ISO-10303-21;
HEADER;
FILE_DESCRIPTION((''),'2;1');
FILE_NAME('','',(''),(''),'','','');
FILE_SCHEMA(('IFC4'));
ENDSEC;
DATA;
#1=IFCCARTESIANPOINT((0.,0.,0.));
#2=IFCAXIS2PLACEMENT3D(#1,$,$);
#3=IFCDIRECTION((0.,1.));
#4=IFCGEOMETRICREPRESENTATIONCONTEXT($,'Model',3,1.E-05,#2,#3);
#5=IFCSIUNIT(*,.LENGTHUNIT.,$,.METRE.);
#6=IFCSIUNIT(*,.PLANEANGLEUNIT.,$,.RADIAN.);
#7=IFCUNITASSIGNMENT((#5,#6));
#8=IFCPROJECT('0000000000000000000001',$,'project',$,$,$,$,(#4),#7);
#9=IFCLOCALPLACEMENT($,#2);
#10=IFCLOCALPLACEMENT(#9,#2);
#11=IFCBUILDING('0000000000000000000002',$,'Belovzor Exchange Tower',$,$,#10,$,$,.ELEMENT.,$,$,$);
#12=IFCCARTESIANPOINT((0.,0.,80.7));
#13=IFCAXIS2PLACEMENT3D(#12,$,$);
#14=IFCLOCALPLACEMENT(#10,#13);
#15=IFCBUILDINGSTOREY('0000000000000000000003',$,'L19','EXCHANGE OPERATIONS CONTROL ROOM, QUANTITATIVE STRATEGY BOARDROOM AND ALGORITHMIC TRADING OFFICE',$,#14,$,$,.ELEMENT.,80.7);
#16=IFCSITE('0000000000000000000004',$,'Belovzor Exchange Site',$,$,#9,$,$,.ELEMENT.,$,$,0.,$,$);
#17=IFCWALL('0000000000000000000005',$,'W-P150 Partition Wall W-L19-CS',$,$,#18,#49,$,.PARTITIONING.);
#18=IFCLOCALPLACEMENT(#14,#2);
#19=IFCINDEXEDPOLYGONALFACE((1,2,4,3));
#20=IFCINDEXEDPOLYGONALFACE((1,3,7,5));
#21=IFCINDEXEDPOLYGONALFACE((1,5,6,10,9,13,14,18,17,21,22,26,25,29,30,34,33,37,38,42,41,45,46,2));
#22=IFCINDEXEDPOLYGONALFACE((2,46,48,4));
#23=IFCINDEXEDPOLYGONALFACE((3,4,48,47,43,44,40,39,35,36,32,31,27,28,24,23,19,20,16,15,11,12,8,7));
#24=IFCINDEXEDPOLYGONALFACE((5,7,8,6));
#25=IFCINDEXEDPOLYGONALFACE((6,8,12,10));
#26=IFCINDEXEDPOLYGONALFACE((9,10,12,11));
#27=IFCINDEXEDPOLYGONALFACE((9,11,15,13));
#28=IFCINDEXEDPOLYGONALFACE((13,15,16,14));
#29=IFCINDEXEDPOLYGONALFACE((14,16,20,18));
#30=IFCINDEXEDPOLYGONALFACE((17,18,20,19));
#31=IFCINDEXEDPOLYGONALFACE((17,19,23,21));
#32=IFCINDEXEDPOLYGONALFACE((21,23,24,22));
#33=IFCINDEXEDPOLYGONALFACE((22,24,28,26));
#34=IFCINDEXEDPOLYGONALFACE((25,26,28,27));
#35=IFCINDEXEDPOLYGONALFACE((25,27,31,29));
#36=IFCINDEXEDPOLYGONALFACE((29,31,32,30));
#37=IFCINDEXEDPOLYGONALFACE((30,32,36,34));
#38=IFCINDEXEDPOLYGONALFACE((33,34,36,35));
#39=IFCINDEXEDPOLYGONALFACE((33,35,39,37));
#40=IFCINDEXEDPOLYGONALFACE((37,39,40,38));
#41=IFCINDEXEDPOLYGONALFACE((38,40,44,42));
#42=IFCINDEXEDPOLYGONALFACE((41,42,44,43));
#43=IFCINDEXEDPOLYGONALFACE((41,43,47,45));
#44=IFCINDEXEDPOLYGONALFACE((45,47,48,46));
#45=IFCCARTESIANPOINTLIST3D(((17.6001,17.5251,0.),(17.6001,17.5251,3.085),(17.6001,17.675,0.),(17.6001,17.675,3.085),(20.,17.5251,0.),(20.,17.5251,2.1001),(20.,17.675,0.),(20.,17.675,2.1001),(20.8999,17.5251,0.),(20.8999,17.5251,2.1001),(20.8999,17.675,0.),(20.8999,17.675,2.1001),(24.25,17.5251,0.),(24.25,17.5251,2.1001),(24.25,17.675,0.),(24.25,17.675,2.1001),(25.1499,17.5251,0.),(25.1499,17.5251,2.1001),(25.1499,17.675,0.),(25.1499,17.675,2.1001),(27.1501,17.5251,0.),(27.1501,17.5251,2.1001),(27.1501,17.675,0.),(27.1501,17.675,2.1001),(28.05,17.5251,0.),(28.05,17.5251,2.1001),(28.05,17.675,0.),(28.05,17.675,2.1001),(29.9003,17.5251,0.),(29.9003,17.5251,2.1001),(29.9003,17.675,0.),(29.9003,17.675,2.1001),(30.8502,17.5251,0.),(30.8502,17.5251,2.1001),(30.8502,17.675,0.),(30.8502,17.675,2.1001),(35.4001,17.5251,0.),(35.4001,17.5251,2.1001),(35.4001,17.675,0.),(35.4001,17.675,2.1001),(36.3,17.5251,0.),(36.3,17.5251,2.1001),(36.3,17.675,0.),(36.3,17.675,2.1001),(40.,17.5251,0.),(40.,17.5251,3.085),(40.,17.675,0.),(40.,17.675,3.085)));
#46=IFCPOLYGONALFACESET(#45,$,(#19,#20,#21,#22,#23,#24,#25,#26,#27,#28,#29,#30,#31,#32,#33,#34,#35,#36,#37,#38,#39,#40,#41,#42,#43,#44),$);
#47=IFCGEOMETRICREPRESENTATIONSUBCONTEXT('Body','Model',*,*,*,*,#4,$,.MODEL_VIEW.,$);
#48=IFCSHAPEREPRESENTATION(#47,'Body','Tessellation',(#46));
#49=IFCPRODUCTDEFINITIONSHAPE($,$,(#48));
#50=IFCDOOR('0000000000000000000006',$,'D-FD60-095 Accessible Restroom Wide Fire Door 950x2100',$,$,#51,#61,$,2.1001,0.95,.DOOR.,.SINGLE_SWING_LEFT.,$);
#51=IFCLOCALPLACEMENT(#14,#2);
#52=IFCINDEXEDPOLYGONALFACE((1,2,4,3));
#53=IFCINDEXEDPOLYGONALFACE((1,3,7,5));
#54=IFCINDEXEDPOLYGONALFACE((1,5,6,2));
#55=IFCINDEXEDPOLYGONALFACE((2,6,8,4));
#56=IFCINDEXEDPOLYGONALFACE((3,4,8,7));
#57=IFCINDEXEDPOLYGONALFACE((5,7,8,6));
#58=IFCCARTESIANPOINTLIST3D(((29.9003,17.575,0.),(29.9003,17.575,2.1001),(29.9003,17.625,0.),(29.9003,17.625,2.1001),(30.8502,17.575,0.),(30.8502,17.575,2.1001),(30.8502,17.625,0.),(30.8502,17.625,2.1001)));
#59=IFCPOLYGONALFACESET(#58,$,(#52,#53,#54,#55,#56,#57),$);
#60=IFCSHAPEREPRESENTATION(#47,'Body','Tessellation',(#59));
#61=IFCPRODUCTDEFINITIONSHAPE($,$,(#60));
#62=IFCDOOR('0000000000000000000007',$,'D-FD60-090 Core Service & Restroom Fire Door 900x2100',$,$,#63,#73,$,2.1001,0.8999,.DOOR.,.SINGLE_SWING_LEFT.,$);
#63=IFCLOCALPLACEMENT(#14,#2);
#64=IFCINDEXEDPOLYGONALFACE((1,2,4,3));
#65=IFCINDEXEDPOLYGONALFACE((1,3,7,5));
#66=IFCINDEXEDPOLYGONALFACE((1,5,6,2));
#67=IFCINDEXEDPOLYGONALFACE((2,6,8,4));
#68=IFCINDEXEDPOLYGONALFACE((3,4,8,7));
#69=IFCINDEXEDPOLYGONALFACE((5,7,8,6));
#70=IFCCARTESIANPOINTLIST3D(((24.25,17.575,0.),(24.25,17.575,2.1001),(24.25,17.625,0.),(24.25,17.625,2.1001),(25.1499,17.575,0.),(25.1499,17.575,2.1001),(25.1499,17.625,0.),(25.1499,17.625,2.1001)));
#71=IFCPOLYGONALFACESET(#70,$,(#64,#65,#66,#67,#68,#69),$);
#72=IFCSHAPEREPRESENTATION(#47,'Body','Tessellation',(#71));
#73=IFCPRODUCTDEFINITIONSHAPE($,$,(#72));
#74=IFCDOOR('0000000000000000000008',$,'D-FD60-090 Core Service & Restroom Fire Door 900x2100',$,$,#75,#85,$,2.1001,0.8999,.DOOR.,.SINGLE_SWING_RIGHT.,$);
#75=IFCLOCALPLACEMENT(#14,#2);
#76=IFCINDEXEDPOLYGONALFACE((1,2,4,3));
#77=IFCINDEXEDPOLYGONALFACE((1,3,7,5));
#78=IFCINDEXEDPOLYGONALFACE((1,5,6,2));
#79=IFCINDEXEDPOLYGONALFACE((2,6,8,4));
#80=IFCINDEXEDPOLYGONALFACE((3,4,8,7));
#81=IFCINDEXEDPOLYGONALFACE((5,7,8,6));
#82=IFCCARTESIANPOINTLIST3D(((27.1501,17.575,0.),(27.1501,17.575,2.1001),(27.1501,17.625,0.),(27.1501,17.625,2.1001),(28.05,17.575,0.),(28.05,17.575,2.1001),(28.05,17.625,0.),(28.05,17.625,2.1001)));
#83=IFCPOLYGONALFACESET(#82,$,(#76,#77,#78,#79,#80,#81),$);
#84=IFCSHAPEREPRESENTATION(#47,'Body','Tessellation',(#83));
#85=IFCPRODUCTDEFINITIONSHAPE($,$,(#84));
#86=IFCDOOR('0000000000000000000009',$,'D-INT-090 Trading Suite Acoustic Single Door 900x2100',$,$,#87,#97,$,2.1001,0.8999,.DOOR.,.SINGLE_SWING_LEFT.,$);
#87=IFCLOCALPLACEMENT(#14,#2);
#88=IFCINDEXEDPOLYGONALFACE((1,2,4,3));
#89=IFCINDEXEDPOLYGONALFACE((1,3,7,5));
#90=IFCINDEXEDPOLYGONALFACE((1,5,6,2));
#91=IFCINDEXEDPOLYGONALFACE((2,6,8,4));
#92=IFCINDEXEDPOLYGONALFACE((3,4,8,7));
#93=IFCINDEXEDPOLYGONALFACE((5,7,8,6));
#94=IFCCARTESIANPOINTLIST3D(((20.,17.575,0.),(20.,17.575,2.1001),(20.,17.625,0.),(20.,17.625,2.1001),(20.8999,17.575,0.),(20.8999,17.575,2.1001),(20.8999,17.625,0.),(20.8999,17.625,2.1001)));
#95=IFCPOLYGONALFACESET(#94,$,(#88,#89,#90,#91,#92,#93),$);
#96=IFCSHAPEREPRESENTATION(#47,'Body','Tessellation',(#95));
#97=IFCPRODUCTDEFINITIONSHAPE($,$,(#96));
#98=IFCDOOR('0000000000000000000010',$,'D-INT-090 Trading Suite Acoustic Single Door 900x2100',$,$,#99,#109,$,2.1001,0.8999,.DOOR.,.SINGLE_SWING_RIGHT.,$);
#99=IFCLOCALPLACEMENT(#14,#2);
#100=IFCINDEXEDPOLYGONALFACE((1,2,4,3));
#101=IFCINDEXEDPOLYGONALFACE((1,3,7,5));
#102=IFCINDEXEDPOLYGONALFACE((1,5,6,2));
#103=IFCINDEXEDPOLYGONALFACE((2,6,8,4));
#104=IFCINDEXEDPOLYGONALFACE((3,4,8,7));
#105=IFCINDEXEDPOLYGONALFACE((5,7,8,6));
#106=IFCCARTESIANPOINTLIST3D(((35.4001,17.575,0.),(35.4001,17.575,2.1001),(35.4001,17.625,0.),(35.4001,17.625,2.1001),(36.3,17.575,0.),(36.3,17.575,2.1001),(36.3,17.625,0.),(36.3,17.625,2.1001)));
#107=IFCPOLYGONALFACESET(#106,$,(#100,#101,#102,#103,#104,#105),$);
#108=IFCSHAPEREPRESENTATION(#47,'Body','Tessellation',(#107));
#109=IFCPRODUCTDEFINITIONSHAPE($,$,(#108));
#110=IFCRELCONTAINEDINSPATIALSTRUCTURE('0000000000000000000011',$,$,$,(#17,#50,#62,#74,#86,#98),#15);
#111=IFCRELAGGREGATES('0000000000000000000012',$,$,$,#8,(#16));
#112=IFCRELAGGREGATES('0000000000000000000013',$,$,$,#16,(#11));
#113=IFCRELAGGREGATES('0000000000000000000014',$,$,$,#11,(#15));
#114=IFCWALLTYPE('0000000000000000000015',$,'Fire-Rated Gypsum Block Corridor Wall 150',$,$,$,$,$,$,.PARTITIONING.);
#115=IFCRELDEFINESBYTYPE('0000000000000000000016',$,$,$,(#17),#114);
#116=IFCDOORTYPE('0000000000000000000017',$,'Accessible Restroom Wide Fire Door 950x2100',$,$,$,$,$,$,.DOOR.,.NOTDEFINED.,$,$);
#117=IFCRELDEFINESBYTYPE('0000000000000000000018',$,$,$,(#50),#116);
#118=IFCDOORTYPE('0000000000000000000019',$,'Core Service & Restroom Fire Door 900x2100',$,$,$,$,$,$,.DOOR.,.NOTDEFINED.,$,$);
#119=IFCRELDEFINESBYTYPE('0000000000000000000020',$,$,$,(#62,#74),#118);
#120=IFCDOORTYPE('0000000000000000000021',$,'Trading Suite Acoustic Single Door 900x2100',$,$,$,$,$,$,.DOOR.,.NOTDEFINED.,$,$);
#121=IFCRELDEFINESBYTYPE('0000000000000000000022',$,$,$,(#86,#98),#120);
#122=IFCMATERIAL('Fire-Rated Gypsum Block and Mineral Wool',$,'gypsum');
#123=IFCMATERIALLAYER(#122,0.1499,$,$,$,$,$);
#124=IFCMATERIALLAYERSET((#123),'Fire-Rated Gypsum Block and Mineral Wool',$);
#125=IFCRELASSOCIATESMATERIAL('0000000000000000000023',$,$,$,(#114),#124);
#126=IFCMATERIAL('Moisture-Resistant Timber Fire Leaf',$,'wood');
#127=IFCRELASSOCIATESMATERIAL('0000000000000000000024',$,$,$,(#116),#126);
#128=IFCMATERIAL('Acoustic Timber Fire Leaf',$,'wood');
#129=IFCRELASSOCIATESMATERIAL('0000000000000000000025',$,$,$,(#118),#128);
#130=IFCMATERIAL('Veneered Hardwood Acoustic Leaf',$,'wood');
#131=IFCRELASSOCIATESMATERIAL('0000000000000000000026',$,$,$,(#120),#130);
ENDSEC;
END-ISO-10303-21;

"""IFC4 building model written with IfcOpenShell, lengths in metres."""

from ifc_helpers import new_model, si_unit, direction, frame, frame_2d, origin, place, context, subcontext, project, spatial, rectangle, extrude, material, layer, layer_set, type_object, element, fill, save


model = new_model("IFC4")

# Units and contexts
model_context = context("Model", 3, precision=1e-05, world=origin(), true_north=direction((0.0, 1.0)))
body_context = subcontext(model_context, "Body", "Model", "MODEL_VIEW")
ifc_project = project(units=[si_unit("LENGTHUNIT", "METRE"), si_unit("PLANEANGLEUNIT", "RADIAN")], contexts=[model_context])

# Site, building, storey
site_placement = place(None, origin())
site = spatial("IfcSite", under=ifc_project, at=site_placement, Name="Belovzor Exchange Site", CompositionType="ELEMENT", RefElevation=0.0)
building_placement = place(site_placement, origin())
building = spatial("IfcBuilding", under=site, at=building_placement, Name="Belovzor Exchange Tower", CompositionType="ELEMENT")
storey_placement = place(building_placement, frame((0.0, 0.0, 80.7)))
storey = spatial("IfcBuildingStorey", under=building, at=storey_placement, Name="L19", Description="EXCHANGE OPERATIONS CONTROL ROOM, QUANTITATIVE STRATEGY BOARDROOM AND ALGORITHMIC TRADING OFFICE", CompositionType="ELEMENT", Elevation=80.7)

# Shared definitions
ifc_material_1 = material(Name="Fire-Rated Gypsum Block and Mineral Wool", Category="gypsum")
ifc_layer_1 = layer(ifc_material_1, 0.1499)
ifc_layer_set_1 = layer_set([ifc_layer_1], Name="Fire-Rated Gypsum Block and Mineral Wool")
wall_type_1 = type_object("IfcWallType", Name="Fire-Rated Gypsum Block Corridor Wall 150", PredefinedType="PARTITIONING", material=ifc_layer_set_1)

# Wall, openings, doors
wall_1_placement = place(storey_placement, frame((17.6001, 17.6001, 0.0), z_axis=(0.0, 0.0, 1.0), x_axis=(1.0, 0.0, 0.0)))
wall_1 = element("IfcWall", 1, at=wall_1_placement, inside=storey, type_object=wall_type_1, Name="W-P150 Partition Wall W-L19-CS", PredefinedType="PARTITIONING", context=body_context, shape_type="SweptSolid", body=[
    extrude(rectangle(XDim=22.3999, YDim=0.1499, at=frame_2d((11.2, 0.0))), origin(), (0.0, 0.0, 1.0), 3.085),
])
opening_1_placement = place(wall_1_placement, frame((2.3999, 0.0, 0.0)))
opening_1 = element("IfcOpeningElement", 2, at=opening_1_placement, cuts=wall_1, PredefinedType="OPENING", context=body_context, shape_type="SweptSolid", body=[
    extrude(rectangle(XDim=0.8999, YDim=2.1001, at=frame_2d((0.45, 1.05))), frame((0.0, 0.085, 0.0), z_axis=(0.0, -1.0, 0.0), x_axis=(1.0, 0.0, 0.0)), (0.0, 0.0, 1.0), 0.1699),
])
opening_2_placement = place(wall_1_placement, frame((6.6499, 0.0, 0.0)))
opening_2 = element("IfcOpeningElement", 3, at=opening_2_placement, cuts=wall_1, PredefinedType="OPENING", context=body_context, shape_type="SweptSolid", body=[
    extrude(rectangle(XDim=0.8999, YDim=2.1001, at=frame_2d((0.45, 1.05))), frame((0.0, 0.085, 0.0), z_axis=(0.0, -1.0, 0.0), x_axis=(1.0, 0.0, 0.0)), (0.0, 0.0, 1.0), 0.1699),
])
opening_3_placement = place(wall_1_placement, frame((9.55, 0.0, 0.0)))
opening_3 = element("IfcOpeningElement", 4, at=opening_3_placement, cuts=wall_1, PredefinedType="OPENING", context=body_context, shape_type="SweptSolid", body=[
    extrude(rectangle(XDim=0.8999, YDim=2.1001, at=frame_2d((0.45, 1.05))), frame((0.0, 0.085, 0.0), z_axis=(0.0, -1.0, 0.0), x_axis=(1.0, 0.0, 0.0)), (0.0, 0.0, 1.0), 0.1699),
])
opening_4_placement = place(wall_1_placement, frame((12.3, 0.0, 0.0)))
opening_4 = element("IfcOpeningElement", 5, at=opening_4_placement, cuts=wall_1, PredefinedType="OPENING", context=body_context, shape_type="SweptSolid", body=[
    extrude(rectangle(XDim=0.95, YDim=2.1001, at=frame_2d((0.4751, 1.05))), frame((0.0, 0.085, 0.0), z_axis=(0.0, -1.0, 0.0), x_axis=(1.0, 0.0, 0.0)), (0.0, 0.0, 1.0), 0.1699),
])
opening_5_placement = place(wall_1_placement, frame((17.8, 0.0, 0.0)))
opening_5 = element("IfcOpeningElement", 6, at=opening_5_placement, cuts=wall_1, PredefinedType="OPENING", context=body_context, shape_type="SweptSolid", body=[
    extrude(rectangle(XDim=0.8999, YDim=2.1001, at=frame_2d((0.45, 1.05))), frame((0.0, 0.085, 0.0), z_axis=(0.0, -1.0, 0.0), x_axis=(1.0, 0.0, 0.0)), (0.0, 0.0, 1.0), 0.1699),
])
ifc_material_2 = material(Name="Moisture-Resistant Timber Fire Leaf", Category="wood")
door_type_1 = type_object("IfcDoorType", Name="Accessible Restroom Wide Fire Door 950x2100", OperationType="NOTDEFINED", PredefinedType="DOOR", material=ifc_material_2)
door_1_placement = place(opening_4_placement, origin())
door_1 = element("IfcDoor", 7, at=door_1_placement, inside=storey, type_object=door_type_1, Name="D-FD60-095 Accessible Restroom Wide Fire Door 950x2100", OperationType="SINGLE_SWING_LEFT", OverallHeight=2.1001, OverallWidth=0.95, PredefinedType="DOOR", context=body_context, shape_type="SweptSolid", body=[
    extrude(rectangle(XDim=0.95, YDim=2.1001, at=frame_2d((0.4751, 1.05))), frame((0.0, 0.0249, 0.0), z_axis=(0.0, -1.0, 0.0), x_axis=(1.0, 0.0, 0.0)), (0.0, 0.0, 1.0), 0.05),
])
fill(opening_4, door_1)
ifc_material_3 = material(Name="Acoustic Timber Fire Leaf", Category="wood")
door_type_2 = type_object("IfcDoorType", Name="Core Service & Restroom Fire Door 900x2100", OperationType="NOTDEFINED", PredefinedType="DOOR", material=ifc_material_3)
door_2_placement = place(opening_2_placement, origin())
door_2 = element("IfcDoor", 8, at=door_2_placement, inside=storey, type_object=door_type_2, Name="D-FD60-090 Core Service & Restroom Fire Door 900x2100", OperationType="SINGLE_SWING_LEFT", OverallHeight=2.1001, OverallWidth=0.8999, PredefinedType="DOOR", context=body_context, shape_type="SweptSolid", body=[
    extrude(rectangle(XDim=0.8999, YDim=2.1001, at=frame_2d((0.45, 1.05))), frame((0.0, 0.0249, 0.0), z_axis=(0.0, -1.0, 0.0), x_axis=(1.0, 0.0, 0.0)), (0.0, 0.0, 1.0), 0.05),
])
fill(opening_2, door_2)
door_3_placement = place(opening_3_placement, origin())
door_3 = element("IfcDoor", 9, at=door_3_placement, inside=storey, type_object=door_type_2, Name="D-FD60-090 Core Service & Restroom Fire Door 900x2100", OperationType="SINGLE_SWING_RIGHT", OverallHeight=2.1001, OverallWidth=0.8999, PredefinedType="DOOR", context=body_context, shape_type="SweptSolid", body=[
    extrude(rectangle(XDim=0.8999, YDim=2.1001, at=frame_2d((0.45, 1.05))), frame((0.0, 0.0249, 0.0), z_axis=(0.0, -1.0, 0.0), x_axis=(1.0, 0.0, 0.0)), (0.0, 0.0, 1.0), 0.05),
])
fill(opening_3, door_3)
ifc_material_4 = material(Name="Veneered Hardwood Acoustic Leaf", Category="wood")
door_type_3 = type_object("IfcDoorType", Name="Trading Suite Acoustic Single Door 900x2100", OperationType="NOTDEFINED", PredefinedType="DOOR", material=ifc_material_4)
door_4_placement = place(opening_1_placement, origin())
door_4 = element("IfcDoor", 10, at=door_4_placement, inside=storey, type_object=door_type_3, Name="D-INT-090 Trading Suite Acoustic Single Door 900x2100", OperationType="SINGLE_SWING_LEFT", OverallHeight=2.1001, OverallWidth=0.8999, PredefinedType="DOOR", context=body_context, shape_type="SweptSolid", body=[
    extrude(rectangle(XDim=0.8999, YDim=2.1001, at=frame_2d((0.45, 1.05))), frame((0.0, 0.0249, 0.0), z_axis=(0.0, -1.0, 0.0), x_axis=(1.0, 0.0, 0.0)), (0.0, 0.0, 1.0), 0.05),
])
fill(opening_1, door_4)
door_5_placement = place(opening_5_placement, origin())
door_5 = element("IfcDoor", 11, at=door_5_placement, inside=storey, type_object=door_type_3, Name="D-INT-090 Trading Suite Acoustic Single Door 900x2100", OperationType="SINGLE_SWING_RIGHT", OverallHeight=2.1001, OverallWidth=0.8999, PredefinedType="DOOR", context=body_context, shape_type="SweptSolid", body=[
    extrude(rectangle(XDim=0.8999, YDim=2.1001, at=frame_2d((0.45, 1.05))), frame((0.0, 0.0249, 0.0), z_axis=(0.0, -1.0, 0.0), x_axis=(1.0, 0.0, 0.0)), (0.0, 0.0, 1.0), 0.05),
])
fill(opening_5, door_5)

save(model, "model.ifc")
